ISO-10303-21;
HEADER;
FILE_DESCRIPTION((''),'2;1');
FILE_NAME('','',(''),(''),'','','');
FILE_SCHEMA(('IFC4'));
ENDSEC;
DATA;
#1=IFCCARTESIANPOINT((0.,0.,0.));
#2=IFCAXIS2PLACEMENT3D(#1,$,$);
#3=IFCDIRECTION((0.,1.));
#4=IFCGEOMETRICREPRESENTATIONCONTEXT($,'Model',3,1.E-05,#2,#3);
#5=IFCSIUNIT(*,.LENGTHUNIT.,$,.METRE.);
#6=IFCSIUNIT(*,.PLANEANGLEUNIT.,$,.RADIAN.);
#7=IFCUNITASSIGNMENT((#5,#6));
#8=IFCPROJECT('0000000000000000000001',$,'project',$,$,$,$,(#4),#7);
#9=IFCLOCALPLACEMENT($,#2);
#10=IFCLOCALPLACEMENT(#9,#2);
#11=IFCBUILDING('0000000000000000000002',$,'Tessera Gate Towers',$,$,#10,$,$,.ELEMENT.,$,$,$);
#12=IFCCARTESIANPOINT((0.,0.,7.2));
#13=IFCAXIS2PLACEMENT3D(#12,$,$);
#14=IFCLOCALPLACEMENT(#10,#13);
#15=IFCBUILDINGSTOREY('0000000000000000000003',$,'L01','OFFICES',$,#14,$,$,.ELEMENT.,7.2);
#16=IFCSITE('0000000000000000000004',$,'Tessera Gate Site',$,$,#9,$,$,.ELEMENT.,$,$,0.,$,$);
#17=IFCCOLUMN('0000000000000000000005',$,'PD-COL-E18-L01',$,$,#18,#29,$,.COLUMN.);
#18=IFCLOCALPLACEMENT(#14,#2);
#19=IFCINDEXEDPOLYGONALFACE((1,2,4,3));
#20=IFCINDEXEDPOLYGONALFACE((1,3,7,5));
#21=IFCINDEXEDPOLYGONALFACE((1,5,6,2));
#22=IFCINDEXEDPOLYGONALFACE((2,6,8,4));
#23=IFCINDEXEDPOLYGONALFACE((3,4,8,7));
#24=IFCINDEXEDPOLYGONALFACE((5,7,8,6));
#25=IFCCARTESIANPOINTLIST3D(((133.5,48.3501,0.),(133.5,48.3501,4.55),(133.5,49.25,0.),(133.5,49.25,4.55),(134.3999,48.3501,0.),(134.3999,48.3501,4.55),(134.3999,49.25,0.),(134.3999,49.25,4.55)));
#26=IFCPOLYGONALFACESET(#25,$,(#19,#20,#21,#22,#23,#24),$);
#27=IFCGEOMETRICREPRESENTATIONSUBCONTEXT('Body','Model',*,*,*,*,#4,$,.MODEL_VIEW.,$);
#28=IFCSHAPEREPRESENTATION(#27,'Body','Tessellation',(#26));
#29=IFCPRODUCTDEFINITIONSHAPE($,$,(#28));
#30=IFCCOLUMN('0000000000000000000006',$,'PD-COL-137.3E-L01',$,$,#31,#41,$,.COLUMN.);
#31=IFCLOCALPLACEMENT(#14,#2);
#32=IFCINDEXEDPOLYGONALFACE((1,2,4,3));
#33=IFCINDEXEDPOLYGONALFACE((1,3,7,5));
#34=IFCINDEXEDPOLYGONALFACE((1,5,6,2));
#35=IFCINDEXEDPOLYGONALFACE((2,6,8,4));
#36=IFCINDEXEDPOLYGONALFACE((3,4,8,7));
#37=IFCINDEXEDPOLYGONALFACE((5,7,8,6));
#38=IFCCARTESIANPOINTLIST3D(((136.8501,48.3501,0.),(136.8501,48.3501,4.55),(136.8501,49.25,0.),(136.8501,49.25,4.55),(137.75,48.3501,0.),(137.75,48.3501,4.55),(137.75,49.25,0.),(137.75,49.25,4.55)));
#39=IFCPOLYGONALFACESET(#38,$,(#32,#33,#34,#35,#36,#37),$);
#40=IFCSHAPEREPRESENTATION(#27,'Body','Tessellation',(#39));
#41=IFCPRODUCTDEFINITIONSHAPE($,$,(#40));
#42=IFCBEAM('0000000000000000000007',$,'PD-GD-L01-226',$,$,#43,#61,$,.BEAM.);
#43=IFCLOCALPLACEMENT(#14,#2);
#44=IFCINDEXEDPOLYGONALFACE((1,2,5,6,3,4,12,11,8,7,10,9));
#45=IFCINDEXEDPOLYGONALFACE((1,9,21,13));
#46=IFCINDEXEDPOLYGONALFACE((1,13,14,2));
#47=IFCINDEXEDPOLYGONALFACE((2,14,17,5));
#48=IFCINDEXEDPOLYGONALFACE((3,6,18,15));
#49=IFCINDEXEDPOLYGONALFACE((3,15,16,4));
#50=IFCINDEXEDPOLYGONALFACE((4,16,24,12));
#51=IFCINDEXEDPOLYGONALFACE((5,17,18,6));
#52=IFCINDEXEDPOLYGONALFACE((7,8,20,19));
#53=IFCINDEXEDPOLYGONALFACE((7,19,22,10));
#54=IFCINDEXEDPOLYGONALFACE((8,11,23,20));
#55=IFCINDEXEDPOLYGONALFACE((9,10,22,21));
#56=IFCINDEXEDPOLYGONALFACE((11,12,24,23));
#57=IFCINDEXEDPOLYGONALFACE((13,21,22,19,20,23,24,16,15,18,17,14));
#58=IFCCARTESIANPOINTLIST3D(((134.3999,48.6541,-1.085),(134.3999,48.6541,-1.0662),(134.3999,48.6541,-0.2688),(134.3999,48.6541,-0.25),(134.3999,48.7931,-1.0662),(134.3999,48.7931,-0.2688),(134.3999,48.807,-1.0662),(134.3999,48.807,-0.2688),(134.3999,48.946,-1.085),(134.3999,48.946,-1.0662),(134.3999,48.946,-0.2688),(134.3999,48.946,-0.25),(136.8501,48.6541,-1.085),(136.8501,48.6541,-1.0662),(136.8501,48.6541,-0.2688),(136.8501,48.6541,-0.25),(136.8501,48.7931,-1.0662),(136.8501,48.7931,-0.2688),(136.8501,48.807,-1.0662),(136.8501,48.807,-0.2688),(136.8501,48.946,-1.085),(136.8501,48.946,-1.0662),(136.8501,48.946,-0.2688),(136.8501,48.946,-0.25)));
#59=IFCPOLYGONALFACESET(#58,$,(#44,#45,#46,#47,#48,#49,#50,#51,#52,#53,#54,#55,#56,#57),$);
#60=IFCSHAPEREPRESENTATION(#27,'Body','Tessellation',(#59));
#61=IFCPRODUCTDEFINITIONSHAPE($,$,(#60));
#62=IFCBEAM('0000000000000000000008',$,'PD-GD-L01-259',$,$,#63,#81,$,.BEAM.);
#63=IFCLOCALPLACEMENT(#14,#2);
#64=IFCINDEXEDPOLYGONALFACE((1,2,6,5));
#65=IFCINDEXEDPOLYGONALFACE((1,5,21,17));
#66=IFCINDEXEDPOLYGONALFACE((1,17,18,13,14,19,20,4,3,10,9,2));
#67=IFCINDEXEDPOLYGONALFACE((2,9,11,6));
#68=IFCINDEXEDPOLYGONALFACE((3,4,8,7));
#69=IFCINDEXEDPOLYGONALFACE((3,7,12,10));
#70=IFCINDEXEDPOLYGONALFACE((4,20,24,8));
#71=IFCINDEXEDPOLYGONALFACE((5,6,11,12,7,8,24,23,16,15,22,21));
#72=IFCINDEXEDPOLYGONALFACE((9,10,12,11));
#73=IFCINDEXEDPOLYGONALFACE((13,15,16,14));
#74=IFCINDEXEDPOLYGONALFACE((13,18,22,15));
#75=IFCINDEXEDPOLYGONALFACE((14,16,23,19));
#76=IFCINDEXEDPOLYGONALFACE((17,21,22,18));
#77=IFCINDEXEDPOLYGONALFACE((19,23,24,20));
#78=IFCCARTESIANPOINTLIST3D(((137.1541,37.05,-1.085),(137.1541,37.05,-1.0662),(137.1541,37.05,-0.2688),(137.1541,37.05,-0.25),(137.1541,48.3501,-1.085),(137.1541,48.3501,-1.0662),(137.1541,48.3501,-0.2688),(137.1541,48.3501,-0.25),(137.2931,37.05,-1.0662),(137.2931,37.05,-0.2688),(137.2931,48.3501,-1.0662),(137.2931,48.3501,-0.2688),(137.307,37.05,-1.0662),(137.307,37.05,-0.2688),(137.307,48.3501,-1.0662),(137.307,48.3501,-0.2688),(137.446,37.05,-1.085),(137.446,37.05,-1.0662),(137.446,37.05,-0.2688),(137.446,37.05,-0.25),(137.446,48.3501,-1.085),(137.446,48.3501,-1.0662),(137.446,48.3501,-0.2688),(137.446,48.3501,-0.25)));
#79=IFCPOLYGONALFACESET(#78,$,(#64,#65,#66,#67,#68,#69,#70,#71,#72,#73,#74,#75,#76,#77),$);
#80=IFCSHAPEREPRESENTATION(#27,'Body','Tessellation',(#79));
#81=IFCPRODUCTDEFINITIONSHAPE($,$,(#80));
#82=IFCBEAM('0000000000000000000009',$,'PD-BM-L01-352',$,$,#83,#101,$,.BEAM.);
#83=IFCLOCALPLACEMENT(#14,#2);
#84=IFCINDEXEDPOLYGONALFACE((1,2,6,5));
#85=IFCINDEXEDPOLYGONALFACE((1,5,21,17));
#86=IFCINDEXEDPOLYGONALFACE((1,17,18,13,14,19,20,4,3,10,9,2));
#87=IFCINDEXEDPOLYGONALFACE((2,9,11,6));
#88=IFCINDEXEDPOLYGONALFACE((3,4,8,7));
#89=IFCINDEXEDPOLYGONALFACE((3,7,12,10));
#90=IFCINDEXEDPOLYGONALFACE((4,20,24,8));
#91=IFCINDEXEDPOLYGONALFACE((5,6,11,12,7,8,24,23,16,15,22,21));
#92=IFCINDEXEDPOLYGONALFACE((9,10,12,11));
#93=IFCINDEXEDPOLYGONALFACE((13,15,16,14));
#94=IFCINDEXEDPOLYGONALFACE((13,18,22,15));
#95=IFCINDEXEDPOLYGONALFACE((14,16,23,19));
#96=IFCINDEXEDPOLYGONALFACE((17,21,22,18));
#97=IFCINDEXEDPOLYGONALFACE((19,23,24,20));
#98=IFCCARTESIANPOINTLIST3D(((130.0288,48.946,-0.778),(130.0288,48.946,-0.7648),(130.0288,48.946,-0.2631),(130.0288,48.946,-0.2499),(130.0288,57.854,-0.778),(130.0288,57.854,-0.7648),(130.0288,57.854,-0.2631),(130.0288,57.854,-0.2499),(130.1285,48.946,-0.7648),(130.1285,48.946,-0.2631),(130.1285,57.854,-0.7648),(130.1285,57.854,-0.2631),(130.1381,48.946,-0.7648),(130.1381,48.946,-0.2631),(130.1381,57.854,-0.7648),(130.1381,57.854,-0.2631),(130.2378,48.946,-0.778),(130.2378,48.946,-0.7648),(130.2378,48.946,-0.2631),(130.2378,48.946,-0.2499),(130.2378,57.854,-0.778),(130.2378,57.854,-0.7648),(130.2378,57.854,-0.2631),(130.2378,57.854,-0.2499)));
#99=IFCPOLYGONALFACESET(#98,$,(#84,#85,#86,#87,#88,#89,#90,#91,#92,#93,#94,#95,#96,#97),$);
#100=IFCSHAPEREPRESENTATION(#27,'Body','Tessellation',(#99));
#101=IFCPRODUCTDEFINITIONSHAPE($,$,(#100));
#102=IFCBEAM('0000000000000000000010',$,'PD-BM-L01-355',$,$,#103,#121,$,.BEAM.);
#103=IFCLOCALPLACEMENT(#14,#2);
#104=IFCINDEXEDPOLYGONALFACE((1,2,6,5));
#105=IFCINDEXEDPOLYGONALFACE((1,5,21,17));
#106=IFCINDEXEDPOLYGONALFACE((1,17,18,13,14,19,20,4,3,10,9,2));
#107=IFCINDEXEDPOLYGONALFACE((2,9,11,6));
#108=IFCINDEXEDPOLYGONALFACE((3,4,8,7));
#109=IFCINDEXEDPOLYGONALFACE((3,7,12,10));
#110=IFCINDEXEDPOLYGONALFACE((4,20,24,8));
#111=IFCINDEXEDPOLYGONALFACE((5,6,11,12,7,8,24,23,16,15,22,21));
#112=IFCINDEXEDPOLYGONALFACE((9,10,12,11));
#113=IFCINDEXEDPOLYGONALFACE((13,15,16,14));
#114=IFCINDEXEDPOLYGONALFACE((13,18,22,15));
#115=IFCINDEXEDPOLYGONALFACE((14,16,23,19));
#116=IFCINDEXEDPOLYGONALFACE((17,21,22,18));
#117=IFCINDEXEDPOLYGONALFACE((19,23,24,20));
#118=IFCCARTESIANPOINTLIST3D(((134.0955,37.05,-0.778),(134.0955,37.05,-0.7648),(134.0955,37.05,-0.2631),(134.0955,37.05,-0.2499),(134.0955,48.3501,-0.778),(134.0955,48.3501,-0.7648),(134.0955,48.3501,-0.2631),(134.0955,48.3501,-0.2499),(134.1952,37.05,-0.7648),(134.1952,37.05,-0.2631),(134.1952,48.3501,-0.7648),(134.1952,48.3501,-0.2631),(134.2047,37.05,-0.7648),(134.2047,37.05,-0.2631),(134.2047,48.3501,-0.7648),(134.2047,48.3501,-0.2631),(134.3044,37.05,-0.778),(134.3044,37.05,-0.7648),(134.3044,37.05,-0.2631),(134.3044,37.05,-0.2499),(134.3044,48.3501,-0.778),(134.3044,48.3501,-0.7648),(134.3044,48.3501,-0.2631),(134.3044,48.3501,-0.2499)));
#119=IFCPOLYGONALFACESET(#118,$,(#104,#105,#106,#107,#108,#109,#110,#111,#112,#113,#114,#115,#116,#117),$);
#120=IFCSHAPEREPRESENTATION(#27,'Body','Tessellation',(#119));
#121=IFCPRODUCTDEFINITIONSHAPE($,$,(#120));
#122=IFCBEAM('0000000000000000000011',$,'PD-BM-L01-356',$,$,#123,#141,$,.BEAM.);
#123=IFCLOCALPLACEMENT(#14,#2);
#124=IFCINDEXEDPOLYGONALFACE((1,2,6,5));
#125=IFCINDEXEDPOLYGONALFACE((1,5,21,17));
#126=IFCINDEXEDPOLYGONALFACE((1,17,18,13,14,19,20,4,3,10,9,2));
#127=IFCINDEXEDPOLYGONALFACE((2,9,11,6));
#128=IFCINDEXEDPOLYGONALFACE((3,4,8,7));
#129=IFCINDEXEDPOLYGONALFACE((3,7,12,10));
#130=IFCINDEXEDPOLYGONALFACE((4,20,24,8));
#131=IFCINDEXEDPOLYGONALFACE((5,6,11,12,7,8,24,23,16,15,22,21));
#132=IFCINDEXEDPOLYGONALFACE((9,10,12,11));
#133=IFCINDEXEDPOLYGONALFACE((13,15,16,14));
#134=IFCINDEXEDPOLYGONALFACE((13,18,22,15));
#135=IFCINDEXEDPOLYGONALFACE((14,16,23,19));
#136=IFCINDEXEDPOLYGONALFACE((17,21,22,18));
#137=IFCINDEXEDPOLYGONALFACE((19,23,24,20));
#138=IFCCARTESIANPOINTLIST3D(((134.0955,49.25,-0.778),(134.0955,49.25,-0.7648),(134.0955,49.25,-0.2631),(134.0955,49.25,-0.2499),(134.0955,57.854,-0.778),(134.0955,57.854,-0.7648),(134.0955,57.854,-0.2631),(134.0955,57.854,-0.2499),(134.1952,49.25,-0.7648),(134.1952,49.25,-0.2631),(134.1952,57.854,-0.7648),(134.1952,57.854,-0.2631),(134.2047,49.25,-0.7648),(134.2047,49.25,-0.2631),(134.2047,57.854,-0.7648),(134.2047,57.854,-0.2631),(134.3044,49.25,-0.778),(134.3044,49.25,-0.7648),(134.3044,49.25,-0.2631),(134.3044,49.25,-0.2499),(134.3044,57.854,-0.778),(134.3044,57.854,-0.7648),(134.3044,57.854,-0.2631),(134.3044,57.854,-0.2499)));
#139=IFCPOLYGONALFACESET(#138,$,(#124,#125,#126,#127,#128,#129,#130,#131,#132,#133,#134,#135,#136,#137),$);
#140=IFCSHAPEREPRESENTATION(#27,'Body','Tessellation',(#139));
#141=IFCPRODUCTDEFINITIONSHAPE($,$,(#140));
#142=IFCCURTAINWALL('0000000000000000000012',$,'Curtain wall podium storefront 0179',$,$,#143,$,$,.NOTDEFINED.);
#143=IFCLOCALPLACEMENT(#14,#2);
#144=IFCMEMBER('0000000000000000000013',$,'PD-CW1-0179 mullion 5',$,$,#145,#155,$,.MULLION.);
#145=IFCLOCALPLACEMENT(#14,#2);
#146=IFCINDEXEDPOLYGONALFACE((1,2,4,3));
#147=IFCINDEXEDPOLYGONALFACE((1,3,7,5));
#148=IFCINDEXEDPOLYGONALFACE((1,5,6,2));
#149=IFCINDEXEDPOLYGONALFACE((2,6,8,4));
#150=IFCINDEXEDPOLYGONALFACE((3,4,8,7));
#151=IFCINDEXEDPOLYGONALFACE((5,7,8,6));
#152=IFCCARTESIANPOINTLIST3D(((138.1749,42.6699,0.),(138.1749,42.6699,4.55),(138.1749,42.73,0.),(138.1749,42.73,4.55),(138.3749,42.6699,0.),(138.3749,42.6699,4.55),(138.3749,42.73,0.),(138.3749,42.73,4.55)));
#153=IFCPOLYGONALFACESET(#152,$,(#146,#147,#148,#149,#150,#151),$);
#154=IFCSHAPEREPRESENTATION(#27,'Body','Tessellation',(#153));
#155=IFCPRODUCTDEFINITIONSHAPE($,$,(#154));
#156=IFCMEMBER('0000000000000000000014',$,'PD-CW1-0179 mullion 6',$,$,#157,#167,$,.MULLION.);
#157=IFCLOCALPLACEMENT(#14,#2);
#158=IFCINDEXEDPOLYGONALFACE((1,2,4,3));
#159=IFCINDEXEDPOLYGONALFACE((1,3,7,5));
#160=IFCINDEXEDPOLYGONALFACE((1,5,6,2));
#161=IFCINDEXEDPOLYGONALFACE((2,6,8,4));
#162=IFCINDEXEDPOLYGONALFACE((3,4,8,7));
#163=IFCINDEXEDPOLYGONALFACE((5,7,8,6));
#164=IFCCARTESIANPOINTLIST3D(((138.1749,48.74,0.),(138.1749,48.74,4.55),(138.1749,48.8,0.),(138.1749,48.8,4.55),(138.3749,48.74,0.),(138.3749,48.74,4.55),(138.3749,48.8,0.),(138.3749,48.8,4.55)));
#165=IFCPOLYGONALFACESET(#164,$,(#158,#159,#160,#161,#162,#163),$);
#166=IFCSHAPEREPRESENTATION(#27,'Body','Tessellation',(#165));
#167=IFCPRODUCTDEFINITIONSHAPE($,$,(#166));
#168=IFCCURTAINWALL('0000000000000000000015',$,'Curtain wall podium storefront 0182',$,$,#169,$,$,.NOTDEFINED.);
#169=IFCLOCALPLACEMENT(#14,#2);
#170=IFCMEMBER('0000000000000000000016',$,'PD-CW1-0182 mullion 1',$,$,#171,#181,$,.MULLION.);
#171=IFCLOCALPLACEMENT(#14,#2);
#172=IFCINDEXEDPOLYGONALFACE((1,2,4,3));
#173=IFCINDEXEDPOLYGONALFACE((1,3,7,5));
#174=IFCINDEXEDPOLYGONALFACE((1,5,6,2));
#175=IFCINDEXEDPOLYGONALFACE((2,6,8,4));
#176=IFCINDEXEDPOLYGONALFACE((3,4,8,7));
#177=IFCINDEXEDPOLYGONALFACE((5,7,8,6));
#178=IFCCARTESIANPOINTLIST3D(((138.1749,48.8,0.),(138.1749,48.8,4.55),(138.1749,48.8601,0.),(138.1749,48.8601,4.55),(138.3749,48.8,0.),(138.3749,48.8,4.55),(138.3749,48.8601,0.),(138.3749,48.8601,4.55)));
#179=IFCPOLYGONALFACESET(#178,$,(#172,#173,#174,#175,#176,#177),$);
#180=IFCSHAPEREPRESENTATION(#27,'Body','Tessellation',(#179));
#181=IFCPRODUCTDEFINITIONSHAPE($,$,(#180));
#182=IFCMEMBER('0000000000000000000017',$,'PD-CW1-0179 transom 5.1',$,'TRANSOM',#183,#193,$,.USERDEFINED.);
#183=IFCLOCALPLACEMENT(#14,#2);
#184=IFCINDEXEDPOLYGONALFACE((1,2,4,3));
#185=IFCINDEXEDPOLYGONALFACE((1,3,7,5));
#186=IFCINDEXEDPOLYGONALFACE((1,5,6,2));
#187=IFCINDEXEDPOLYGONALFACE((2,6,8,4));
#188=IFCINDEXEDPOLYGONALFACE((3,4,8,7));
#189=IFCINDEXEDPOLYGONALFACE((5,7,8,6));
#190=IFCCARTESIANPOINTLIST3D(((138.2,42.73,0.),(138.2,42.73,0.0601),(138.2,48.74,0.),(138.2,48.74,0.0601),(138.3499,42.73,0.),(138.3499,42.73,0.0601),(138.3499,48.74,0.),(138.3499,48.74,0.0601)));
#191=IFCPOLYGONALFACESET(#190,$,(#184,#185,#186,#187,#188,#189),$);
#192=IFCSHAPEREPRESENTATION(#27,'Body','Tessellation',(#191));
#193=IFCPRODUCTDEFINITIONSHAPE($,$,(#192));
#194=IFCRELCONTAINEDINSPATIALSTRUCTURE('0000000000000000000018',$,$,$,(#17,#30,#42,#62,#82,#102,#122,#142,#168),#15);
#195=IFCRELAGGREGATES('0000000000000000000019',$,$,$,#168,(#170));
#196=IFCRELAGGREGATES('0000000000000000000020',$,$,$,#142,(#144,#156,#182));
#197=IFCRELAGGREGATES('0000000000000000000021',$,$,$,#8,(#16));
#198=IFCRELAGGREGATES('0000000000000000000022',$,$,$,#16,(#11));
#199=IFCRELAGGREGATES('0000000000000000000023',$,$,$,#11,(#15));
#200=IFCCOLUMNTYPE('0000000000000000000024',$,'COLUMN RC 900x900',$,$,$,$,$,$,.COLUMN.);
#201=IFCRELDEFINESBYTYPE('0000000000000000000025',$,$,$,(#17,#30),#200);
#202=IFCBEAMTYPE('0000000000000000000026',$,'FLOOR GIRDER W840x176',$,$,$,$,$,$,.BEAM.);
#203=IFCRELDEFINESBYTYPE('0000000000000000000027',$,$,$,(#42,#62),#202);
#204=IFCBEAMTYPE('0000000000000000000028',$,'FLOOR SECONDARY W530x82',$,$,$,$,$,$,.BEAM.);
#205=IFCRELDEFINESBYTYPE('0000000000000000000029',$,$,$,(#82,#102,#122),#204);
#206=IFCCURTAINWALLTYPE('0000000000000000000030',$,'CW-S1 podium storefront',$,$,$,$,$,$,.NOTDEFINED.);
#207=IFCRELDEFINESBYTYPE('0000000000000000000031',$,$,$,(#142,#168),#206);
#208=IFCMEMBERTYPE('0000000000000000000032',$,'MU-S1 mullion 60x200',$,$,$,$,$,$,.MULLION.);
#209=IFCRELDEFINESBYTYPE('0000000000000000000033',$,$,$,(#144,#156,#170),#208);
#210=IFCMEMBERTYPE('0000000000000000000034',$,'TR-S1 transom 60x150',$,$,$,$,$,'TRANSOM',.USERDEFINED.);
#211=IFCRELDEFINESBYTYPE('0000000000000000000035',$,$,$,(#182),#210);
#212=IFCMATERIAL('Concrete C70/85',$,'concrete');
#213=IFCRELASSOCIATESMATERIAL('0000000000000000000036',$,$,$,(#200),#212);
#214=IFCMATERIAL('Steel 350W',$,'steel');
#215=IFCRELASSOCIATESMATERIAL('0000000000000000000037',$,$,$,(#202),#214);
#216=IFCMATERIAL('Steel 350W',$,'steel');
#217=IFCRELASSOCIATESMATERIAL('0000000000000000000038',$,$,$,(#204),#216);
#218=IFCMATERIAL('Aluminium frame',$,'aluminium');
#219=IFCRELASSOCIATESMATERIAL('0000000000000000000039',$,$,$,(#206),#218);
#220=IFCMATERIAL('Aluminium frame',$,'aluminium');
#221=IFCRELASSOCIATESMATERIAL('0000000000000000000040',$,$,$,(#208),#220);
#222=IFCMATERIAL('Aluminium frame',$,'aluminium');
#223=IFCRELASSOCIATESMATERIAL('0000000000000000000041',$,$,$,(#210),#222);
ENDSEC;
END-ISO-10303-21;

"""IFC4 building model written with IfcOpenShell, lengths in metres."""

from ifc_helpers import new_model, si_unit, direction, frame, origin, origin_2d, place, context, subcontext, project, spatial, rectangle, i_section, extrude, material, material_profile, profile_set, type_object, element, aggregate, save


model = new_model("IFC4")

# Units and contexts
model_context = context("Model", 3, precision=1e-05, world=origin(), true_north=direction((0.0, 1.0)))
body_context = subcontext(model_context, "Body", "Model", "MODEL_VIEW")
ifc_project = project(units=[si_unit("LENGTHUNIT", "METRE"), si_unit("PLANEANGLEUNIT", "RADIAN")], contexts=[model_context])

# Site, building, storey
site_placement = place(None, origin())
site = spatial("IfcSite", under=ifc_project, at=site_placement, Name="Tessera Gate Site", CompositionType="ELEMENT", RefElevation=0.0)
building_placement = place(site_placement, origin())
building = spatial("IfcBuilding", under=site, at=building_placement, Name="Tessera Gate Towers", CompositionType="ELEMENT")
storey_placement = place(building_placement, frame((0.0, 0.0, 7.2)))
storey = spatial("IfcBuildingStorey", under=building, at=storey_placement, Name="L01", Description="OFFICES", CompositionType="ELEMENT", Elevation=7.2)

# Columns
ifc_material_1 = material(Name="Concrete C70/85", Category="concrete")
ifc_material_profile_1 = material_profile(ifc_material_1, rectangle(XDim=0.8999, YDim=0.8999, at=origin_2d()), Name="RC 900x900")
ifc_profile_set_1 = profile_set([ifc_material_profile_1], Name="Concrete C70/85")
column_type = type_object("IfcColumnType", Name="COLUMN RC 900x900", PredefinedType="COLUMN", material=ifc_profile_set_1)
for number, where, z_axis, x_axis, name in (
    (1, (133.95, 48.8, 0.0), (0.0, 0.0, 1.0), (1.0, 0.0, 0.0), "PD-COL-E18-L01"),
    (2, (137.3, 48.8, 0.0), (0.0, 0.0, 1.0), (1.0, 0.0, 0.0), "PD-COL-137.3E-L01"),
):
    element("IfcColumn", number, at=place(storey_placement, frame(where, z_axis=z_axis, x_axis=x_axis)), inside=storey, type_object=column_type, Name=name, PredefinedType="COLUMN", context=body_context, shape_type="SweptSolid", body=[
        extrude(rectangle(XDim=0.8999, YDim=0.8999, at=origin_2d()), origin(), (0.0, 0.0, 1.0), 4.55),
    ])

# Beams
ifc_material_2 = material(Name="Steel 350W", Category="steel")
ifc_material_profile_2 = material_profile(ifc_material_2, i_section(OverallWidth=0.292, OverallDepth=0.835, WebThickness=0.0139, FlangeThickness=0.0188, at=origin_2d()), Name="W840x176")
ifc_profile_set_2 = profile_set([ifc_material_profile_2], Name="Steel 350W")
beam_type_1 = type_object("IfcBeamType", Name="FLOOR GIRDER W840x176", PredefinedType="BEAM", material=ifc_profile_set_2)
beam_1_placement = place(storey_placement, frame((134.3999, 48.8, -0.6675), z_axis=(1.0, 0.0, 0.0), x_axis=(0.0, 1.0, 0.0)))
element("IfcBeam", 3, at=beam_1_placement, inside=storey, type_object=beam_type_1, Name="PD-GD-L01-226", PredefinedType="BEAM", context=body_context, shape_type="SweptSolid", body=[
    extrude(i_section(OverallWidth=0.292, OverallDepth=0.835, WebThickness=0.0139, FlangeThickness=0.0188, at=origin_2d()), origin(), (0.0, 0.0, 1.0), 2.4502),
])
beam_2_placement = place(storey_placement, frame((137.3, 37.05, -0.6675), z_axis=(0.0, 1.0, 0.0), x_axis=(-1.0, 0.0, 0.0)))
element("IfcBeam", 4, at=beam_2_placement, inside=storey, type_object=beam_type_1, Name="PD-GD-L01-259", PredefinedType="BEAM", context=body_context, shape_type="SweptSolid", body=[
    extrude(i_section(OverallWidth=0.292, OverallDepth=0.835, WebThickness=0.0139, FlangeThickness=0.0188, at=origin_2d()), origin(), (0.0, 0.0, 1.0), 11.3),
])
ifc_material_3 = material(Name="Steel 350W", Category="steel")
ifc_material_profile_3 = material_profile(ifc_material_3, i_section(OverallWidth=0.209, OverallDepth=0.5281, WebThickness=0.0095, FlangeThickness=0.0132, at=origin_2d()), Name="W530x82")
ifc_profile_set_3 = profile_set([ifc_material_profile_3], Name="Steel 350W")
beam_type_2 = type_object("IfcBeamType", Name="FLOOR SECONDARY W530x82", PredefinedType="BEAM", material=ifc_profile_set_3)
beam_3_placement = place(storey_placement, frame((130.1333, 48.946, -0.5139), z_axis=(0.0, 1.0, 0.0), x_axis=(-1.0, 0.0, 0.0)))
element("IfcBeam", 5, at=beam_3_placement, inside=storey, type_object=beam_type_2, Name="PD-BM-L01-352", PredefinedType="BEAM", context=body_context, shape_type="SweptSolid", body=[
    extrude(i_section(OverallWidth=0.209, OverallDepth=0.5281, WebThickness=0.0095, FlangeThickness=0.0132, at=origin_2d()), origin(), (0.0, 0.0, 1.0), 8.908),
])
beam_4_placement = place(storey_placement, frame((134.2, 37.05, -0.5139), z_axis=(0.0, 1.0, 0.0), x_axis=(-1.0, 0.0, 0.0)))
element("IfcBeam", 6, at=beam_4_placement, inside=storey, type_object=beam_type_2, Name="PD-BM-L01-355", PredefinedType="BEAM", context=body_context, shape_type="SweptSolid", body=[
    extrude(i_section(OverallWidth=0.209, OverallDepth=0.5281, WebThickness=0.0095, FlangeThickness=0.0132, at=origin_2d()), origin(), (0.0, 0.0, 1.0), 11.3),
])
beam_5_placement = place(storey_placement, frame((134.2, 49.25, -0.5139), z_axis=(0.0, 1.0, 0.0), x_axis=(-1.0, 0.0, 0.0)))
element("IfcBeam", 7, at=beam_5_placement, inside=storey, type_object=beam_type_2, Name="PD-BM-L01-356", PredefinedType="BEAM", context=body_context, shape_type="SweptSolid", body=[
    extrude(i_section(OverallWidth=0.209, OverallDepth=0.5281, WebThickness=0.0095, FlangeThickness=0.0132, at=origin_2d()), origin(), (0.0, 0.0, 1.0), 8.604),
])

# Curtain wall, members
ifc_material_4 = material(Name="Aluminium frame", Category="aluminium")
curtain_wall_type = type_object("IfcCurtainWallType", Name="CW-S1 podium storefront", PredefinedType="NOTDEFINED", material=ifc_material_4)
curtain_wall_1_placement = place(storey_placement, origin())
curtain_wall_1 = element("IfcCurtainWall", 8, at=curtain_wall_1_placement, inside=storey, type_object=curtain_wall_type, Name="Curtain wall podium storefront 0179", PredefinedType="NOTDEFINED")
ifc_material_5 = material(Name="Aluminium frame", Category="aluminium")
ifc_material_profile_4 = material_profile(ifc_material_5, rectangle(XDim=0.0601, YDim=0.2, at=origin_2d()), Name="AL 60x200")
ifc_profile_set_4 = profile_set([ifc_material_profile_4], Name="Aluminium frame")
member_type_1 = type_object("IfcMemberType", Name="MU-S1 mullion 60x200", PredefinedType="MULLION", material=ifc_profile_set_4)
member_1_placement = place(storey_placement, frame((138.2749, 42.7, 0.0), z_axis=(0.0, 0.0, 1.0), x_axis=(0.0, 1.0, 0.0)))
member_1 = element("IfcMember", 9, at=member_1_placement, type_object=member_type_1, Name="PD-CW1-0179 mullion 5", PredefinedType="MULLION", context=body_context, shape_type="SweptSolid", body=[
    extrude(rectangle(XDim=0.0601, YDim=0.2, at=origin_2d()), origin(), (0.0, 0.0, 1.0), 4.55),
])
member_2_placement = place(storey_placement, frame((138.2749, 48.77, 0.0), z_axis=(0.0, 0.0, 1.0), x_axis=(0.0, 1.0, 0.0)))
member_2 = element("IfcMember", 10, at=member_2_placement, type_object=member_type_1, Name="PD-CW1-0179 mullion 6", PredefinedType="MULLION", context=body_context, shape_type="SweptSolid", body=[
    extrude(rectangle(XDim=0.0601, YDim=0.2, at=origin_2d()), origin(), (0.0, 0.0, 1.0), 4.55),
])

# Curtain wall, member
curtain_wall_2_placement = place(storey_placement, origin())
curtain_wall_2 = element("IfcCurtainWall", 11, at=curtain_wall_2_placement, inside=storey, type_object=curtain_wall_type, Name="Curtain wall podium storefront 0182", PredefinedType="NOTDEFINED")
member_3_placement = place(storey_placement, frame((138.2749, 48.8301, 0.0), z_axis=(0.0, 0.0, 1.0), x_axis=(0.0, 1.0, 0.0)))
member_3 = element("IfcMember", 12, at=member_3_placement, type_object=member_type_1, Name="PD-CW1-0182 mullion 1", PredefinedType="MULLION", context=body_context, shape_type="SweptSolid", body=[
    extrude(rectangle(XDim=0.0601, YDim=0.2, at=origin_2d()), origin(), (0.0, 0.0, 1.0), 4.55),
])

# Member
ifc_material_6 = material(Name="Aluminium frame", Category="aluminium")
ifc_material_profile_5 = material_profile(ifc_material_6, rectangle(XDim=0.1499, YDim=0.0601, at=origin_2d()), Name="AL 60x150")
ifc_profile_set_5 = profile_set([ifc_material_profile_5], Name="Aluminium frame")
member_type_2 = type_object("IfcMemberType", Name="TR-S1 transom 60x150", ElementType="TRANSOM", PredefinedType="USERDEFINED", material=ifc_profile_set_5)
member_4_placement = place(storey_placement, frame((138.2749, 42.73, 0.03), z_axis=(0.0, 1.0, 0.0), x_axis=(-1.0, 0.0, 0.0)))
member_4 = element("IfcMember", 13, at=member_4_placement, type_object=member_type_2, Name="PD-CW1-0179 transom 5.1", ObjectType="TRANSOM", PredefinedType="USERDEFINED", context=body_context, shape_type="SweptSolid", body=[
    extrude(rectangle(XDim=0.1499, YDim=0.0601, at=origin_2d()), origin(), (0.0, 0.0, 1.0), 6.01),
])
aggregate(curtain_wall_2, [member_3])

aggregate(curtain_wall_1, [member_1, member_2, member_4])

save(model, "model.ifc")
